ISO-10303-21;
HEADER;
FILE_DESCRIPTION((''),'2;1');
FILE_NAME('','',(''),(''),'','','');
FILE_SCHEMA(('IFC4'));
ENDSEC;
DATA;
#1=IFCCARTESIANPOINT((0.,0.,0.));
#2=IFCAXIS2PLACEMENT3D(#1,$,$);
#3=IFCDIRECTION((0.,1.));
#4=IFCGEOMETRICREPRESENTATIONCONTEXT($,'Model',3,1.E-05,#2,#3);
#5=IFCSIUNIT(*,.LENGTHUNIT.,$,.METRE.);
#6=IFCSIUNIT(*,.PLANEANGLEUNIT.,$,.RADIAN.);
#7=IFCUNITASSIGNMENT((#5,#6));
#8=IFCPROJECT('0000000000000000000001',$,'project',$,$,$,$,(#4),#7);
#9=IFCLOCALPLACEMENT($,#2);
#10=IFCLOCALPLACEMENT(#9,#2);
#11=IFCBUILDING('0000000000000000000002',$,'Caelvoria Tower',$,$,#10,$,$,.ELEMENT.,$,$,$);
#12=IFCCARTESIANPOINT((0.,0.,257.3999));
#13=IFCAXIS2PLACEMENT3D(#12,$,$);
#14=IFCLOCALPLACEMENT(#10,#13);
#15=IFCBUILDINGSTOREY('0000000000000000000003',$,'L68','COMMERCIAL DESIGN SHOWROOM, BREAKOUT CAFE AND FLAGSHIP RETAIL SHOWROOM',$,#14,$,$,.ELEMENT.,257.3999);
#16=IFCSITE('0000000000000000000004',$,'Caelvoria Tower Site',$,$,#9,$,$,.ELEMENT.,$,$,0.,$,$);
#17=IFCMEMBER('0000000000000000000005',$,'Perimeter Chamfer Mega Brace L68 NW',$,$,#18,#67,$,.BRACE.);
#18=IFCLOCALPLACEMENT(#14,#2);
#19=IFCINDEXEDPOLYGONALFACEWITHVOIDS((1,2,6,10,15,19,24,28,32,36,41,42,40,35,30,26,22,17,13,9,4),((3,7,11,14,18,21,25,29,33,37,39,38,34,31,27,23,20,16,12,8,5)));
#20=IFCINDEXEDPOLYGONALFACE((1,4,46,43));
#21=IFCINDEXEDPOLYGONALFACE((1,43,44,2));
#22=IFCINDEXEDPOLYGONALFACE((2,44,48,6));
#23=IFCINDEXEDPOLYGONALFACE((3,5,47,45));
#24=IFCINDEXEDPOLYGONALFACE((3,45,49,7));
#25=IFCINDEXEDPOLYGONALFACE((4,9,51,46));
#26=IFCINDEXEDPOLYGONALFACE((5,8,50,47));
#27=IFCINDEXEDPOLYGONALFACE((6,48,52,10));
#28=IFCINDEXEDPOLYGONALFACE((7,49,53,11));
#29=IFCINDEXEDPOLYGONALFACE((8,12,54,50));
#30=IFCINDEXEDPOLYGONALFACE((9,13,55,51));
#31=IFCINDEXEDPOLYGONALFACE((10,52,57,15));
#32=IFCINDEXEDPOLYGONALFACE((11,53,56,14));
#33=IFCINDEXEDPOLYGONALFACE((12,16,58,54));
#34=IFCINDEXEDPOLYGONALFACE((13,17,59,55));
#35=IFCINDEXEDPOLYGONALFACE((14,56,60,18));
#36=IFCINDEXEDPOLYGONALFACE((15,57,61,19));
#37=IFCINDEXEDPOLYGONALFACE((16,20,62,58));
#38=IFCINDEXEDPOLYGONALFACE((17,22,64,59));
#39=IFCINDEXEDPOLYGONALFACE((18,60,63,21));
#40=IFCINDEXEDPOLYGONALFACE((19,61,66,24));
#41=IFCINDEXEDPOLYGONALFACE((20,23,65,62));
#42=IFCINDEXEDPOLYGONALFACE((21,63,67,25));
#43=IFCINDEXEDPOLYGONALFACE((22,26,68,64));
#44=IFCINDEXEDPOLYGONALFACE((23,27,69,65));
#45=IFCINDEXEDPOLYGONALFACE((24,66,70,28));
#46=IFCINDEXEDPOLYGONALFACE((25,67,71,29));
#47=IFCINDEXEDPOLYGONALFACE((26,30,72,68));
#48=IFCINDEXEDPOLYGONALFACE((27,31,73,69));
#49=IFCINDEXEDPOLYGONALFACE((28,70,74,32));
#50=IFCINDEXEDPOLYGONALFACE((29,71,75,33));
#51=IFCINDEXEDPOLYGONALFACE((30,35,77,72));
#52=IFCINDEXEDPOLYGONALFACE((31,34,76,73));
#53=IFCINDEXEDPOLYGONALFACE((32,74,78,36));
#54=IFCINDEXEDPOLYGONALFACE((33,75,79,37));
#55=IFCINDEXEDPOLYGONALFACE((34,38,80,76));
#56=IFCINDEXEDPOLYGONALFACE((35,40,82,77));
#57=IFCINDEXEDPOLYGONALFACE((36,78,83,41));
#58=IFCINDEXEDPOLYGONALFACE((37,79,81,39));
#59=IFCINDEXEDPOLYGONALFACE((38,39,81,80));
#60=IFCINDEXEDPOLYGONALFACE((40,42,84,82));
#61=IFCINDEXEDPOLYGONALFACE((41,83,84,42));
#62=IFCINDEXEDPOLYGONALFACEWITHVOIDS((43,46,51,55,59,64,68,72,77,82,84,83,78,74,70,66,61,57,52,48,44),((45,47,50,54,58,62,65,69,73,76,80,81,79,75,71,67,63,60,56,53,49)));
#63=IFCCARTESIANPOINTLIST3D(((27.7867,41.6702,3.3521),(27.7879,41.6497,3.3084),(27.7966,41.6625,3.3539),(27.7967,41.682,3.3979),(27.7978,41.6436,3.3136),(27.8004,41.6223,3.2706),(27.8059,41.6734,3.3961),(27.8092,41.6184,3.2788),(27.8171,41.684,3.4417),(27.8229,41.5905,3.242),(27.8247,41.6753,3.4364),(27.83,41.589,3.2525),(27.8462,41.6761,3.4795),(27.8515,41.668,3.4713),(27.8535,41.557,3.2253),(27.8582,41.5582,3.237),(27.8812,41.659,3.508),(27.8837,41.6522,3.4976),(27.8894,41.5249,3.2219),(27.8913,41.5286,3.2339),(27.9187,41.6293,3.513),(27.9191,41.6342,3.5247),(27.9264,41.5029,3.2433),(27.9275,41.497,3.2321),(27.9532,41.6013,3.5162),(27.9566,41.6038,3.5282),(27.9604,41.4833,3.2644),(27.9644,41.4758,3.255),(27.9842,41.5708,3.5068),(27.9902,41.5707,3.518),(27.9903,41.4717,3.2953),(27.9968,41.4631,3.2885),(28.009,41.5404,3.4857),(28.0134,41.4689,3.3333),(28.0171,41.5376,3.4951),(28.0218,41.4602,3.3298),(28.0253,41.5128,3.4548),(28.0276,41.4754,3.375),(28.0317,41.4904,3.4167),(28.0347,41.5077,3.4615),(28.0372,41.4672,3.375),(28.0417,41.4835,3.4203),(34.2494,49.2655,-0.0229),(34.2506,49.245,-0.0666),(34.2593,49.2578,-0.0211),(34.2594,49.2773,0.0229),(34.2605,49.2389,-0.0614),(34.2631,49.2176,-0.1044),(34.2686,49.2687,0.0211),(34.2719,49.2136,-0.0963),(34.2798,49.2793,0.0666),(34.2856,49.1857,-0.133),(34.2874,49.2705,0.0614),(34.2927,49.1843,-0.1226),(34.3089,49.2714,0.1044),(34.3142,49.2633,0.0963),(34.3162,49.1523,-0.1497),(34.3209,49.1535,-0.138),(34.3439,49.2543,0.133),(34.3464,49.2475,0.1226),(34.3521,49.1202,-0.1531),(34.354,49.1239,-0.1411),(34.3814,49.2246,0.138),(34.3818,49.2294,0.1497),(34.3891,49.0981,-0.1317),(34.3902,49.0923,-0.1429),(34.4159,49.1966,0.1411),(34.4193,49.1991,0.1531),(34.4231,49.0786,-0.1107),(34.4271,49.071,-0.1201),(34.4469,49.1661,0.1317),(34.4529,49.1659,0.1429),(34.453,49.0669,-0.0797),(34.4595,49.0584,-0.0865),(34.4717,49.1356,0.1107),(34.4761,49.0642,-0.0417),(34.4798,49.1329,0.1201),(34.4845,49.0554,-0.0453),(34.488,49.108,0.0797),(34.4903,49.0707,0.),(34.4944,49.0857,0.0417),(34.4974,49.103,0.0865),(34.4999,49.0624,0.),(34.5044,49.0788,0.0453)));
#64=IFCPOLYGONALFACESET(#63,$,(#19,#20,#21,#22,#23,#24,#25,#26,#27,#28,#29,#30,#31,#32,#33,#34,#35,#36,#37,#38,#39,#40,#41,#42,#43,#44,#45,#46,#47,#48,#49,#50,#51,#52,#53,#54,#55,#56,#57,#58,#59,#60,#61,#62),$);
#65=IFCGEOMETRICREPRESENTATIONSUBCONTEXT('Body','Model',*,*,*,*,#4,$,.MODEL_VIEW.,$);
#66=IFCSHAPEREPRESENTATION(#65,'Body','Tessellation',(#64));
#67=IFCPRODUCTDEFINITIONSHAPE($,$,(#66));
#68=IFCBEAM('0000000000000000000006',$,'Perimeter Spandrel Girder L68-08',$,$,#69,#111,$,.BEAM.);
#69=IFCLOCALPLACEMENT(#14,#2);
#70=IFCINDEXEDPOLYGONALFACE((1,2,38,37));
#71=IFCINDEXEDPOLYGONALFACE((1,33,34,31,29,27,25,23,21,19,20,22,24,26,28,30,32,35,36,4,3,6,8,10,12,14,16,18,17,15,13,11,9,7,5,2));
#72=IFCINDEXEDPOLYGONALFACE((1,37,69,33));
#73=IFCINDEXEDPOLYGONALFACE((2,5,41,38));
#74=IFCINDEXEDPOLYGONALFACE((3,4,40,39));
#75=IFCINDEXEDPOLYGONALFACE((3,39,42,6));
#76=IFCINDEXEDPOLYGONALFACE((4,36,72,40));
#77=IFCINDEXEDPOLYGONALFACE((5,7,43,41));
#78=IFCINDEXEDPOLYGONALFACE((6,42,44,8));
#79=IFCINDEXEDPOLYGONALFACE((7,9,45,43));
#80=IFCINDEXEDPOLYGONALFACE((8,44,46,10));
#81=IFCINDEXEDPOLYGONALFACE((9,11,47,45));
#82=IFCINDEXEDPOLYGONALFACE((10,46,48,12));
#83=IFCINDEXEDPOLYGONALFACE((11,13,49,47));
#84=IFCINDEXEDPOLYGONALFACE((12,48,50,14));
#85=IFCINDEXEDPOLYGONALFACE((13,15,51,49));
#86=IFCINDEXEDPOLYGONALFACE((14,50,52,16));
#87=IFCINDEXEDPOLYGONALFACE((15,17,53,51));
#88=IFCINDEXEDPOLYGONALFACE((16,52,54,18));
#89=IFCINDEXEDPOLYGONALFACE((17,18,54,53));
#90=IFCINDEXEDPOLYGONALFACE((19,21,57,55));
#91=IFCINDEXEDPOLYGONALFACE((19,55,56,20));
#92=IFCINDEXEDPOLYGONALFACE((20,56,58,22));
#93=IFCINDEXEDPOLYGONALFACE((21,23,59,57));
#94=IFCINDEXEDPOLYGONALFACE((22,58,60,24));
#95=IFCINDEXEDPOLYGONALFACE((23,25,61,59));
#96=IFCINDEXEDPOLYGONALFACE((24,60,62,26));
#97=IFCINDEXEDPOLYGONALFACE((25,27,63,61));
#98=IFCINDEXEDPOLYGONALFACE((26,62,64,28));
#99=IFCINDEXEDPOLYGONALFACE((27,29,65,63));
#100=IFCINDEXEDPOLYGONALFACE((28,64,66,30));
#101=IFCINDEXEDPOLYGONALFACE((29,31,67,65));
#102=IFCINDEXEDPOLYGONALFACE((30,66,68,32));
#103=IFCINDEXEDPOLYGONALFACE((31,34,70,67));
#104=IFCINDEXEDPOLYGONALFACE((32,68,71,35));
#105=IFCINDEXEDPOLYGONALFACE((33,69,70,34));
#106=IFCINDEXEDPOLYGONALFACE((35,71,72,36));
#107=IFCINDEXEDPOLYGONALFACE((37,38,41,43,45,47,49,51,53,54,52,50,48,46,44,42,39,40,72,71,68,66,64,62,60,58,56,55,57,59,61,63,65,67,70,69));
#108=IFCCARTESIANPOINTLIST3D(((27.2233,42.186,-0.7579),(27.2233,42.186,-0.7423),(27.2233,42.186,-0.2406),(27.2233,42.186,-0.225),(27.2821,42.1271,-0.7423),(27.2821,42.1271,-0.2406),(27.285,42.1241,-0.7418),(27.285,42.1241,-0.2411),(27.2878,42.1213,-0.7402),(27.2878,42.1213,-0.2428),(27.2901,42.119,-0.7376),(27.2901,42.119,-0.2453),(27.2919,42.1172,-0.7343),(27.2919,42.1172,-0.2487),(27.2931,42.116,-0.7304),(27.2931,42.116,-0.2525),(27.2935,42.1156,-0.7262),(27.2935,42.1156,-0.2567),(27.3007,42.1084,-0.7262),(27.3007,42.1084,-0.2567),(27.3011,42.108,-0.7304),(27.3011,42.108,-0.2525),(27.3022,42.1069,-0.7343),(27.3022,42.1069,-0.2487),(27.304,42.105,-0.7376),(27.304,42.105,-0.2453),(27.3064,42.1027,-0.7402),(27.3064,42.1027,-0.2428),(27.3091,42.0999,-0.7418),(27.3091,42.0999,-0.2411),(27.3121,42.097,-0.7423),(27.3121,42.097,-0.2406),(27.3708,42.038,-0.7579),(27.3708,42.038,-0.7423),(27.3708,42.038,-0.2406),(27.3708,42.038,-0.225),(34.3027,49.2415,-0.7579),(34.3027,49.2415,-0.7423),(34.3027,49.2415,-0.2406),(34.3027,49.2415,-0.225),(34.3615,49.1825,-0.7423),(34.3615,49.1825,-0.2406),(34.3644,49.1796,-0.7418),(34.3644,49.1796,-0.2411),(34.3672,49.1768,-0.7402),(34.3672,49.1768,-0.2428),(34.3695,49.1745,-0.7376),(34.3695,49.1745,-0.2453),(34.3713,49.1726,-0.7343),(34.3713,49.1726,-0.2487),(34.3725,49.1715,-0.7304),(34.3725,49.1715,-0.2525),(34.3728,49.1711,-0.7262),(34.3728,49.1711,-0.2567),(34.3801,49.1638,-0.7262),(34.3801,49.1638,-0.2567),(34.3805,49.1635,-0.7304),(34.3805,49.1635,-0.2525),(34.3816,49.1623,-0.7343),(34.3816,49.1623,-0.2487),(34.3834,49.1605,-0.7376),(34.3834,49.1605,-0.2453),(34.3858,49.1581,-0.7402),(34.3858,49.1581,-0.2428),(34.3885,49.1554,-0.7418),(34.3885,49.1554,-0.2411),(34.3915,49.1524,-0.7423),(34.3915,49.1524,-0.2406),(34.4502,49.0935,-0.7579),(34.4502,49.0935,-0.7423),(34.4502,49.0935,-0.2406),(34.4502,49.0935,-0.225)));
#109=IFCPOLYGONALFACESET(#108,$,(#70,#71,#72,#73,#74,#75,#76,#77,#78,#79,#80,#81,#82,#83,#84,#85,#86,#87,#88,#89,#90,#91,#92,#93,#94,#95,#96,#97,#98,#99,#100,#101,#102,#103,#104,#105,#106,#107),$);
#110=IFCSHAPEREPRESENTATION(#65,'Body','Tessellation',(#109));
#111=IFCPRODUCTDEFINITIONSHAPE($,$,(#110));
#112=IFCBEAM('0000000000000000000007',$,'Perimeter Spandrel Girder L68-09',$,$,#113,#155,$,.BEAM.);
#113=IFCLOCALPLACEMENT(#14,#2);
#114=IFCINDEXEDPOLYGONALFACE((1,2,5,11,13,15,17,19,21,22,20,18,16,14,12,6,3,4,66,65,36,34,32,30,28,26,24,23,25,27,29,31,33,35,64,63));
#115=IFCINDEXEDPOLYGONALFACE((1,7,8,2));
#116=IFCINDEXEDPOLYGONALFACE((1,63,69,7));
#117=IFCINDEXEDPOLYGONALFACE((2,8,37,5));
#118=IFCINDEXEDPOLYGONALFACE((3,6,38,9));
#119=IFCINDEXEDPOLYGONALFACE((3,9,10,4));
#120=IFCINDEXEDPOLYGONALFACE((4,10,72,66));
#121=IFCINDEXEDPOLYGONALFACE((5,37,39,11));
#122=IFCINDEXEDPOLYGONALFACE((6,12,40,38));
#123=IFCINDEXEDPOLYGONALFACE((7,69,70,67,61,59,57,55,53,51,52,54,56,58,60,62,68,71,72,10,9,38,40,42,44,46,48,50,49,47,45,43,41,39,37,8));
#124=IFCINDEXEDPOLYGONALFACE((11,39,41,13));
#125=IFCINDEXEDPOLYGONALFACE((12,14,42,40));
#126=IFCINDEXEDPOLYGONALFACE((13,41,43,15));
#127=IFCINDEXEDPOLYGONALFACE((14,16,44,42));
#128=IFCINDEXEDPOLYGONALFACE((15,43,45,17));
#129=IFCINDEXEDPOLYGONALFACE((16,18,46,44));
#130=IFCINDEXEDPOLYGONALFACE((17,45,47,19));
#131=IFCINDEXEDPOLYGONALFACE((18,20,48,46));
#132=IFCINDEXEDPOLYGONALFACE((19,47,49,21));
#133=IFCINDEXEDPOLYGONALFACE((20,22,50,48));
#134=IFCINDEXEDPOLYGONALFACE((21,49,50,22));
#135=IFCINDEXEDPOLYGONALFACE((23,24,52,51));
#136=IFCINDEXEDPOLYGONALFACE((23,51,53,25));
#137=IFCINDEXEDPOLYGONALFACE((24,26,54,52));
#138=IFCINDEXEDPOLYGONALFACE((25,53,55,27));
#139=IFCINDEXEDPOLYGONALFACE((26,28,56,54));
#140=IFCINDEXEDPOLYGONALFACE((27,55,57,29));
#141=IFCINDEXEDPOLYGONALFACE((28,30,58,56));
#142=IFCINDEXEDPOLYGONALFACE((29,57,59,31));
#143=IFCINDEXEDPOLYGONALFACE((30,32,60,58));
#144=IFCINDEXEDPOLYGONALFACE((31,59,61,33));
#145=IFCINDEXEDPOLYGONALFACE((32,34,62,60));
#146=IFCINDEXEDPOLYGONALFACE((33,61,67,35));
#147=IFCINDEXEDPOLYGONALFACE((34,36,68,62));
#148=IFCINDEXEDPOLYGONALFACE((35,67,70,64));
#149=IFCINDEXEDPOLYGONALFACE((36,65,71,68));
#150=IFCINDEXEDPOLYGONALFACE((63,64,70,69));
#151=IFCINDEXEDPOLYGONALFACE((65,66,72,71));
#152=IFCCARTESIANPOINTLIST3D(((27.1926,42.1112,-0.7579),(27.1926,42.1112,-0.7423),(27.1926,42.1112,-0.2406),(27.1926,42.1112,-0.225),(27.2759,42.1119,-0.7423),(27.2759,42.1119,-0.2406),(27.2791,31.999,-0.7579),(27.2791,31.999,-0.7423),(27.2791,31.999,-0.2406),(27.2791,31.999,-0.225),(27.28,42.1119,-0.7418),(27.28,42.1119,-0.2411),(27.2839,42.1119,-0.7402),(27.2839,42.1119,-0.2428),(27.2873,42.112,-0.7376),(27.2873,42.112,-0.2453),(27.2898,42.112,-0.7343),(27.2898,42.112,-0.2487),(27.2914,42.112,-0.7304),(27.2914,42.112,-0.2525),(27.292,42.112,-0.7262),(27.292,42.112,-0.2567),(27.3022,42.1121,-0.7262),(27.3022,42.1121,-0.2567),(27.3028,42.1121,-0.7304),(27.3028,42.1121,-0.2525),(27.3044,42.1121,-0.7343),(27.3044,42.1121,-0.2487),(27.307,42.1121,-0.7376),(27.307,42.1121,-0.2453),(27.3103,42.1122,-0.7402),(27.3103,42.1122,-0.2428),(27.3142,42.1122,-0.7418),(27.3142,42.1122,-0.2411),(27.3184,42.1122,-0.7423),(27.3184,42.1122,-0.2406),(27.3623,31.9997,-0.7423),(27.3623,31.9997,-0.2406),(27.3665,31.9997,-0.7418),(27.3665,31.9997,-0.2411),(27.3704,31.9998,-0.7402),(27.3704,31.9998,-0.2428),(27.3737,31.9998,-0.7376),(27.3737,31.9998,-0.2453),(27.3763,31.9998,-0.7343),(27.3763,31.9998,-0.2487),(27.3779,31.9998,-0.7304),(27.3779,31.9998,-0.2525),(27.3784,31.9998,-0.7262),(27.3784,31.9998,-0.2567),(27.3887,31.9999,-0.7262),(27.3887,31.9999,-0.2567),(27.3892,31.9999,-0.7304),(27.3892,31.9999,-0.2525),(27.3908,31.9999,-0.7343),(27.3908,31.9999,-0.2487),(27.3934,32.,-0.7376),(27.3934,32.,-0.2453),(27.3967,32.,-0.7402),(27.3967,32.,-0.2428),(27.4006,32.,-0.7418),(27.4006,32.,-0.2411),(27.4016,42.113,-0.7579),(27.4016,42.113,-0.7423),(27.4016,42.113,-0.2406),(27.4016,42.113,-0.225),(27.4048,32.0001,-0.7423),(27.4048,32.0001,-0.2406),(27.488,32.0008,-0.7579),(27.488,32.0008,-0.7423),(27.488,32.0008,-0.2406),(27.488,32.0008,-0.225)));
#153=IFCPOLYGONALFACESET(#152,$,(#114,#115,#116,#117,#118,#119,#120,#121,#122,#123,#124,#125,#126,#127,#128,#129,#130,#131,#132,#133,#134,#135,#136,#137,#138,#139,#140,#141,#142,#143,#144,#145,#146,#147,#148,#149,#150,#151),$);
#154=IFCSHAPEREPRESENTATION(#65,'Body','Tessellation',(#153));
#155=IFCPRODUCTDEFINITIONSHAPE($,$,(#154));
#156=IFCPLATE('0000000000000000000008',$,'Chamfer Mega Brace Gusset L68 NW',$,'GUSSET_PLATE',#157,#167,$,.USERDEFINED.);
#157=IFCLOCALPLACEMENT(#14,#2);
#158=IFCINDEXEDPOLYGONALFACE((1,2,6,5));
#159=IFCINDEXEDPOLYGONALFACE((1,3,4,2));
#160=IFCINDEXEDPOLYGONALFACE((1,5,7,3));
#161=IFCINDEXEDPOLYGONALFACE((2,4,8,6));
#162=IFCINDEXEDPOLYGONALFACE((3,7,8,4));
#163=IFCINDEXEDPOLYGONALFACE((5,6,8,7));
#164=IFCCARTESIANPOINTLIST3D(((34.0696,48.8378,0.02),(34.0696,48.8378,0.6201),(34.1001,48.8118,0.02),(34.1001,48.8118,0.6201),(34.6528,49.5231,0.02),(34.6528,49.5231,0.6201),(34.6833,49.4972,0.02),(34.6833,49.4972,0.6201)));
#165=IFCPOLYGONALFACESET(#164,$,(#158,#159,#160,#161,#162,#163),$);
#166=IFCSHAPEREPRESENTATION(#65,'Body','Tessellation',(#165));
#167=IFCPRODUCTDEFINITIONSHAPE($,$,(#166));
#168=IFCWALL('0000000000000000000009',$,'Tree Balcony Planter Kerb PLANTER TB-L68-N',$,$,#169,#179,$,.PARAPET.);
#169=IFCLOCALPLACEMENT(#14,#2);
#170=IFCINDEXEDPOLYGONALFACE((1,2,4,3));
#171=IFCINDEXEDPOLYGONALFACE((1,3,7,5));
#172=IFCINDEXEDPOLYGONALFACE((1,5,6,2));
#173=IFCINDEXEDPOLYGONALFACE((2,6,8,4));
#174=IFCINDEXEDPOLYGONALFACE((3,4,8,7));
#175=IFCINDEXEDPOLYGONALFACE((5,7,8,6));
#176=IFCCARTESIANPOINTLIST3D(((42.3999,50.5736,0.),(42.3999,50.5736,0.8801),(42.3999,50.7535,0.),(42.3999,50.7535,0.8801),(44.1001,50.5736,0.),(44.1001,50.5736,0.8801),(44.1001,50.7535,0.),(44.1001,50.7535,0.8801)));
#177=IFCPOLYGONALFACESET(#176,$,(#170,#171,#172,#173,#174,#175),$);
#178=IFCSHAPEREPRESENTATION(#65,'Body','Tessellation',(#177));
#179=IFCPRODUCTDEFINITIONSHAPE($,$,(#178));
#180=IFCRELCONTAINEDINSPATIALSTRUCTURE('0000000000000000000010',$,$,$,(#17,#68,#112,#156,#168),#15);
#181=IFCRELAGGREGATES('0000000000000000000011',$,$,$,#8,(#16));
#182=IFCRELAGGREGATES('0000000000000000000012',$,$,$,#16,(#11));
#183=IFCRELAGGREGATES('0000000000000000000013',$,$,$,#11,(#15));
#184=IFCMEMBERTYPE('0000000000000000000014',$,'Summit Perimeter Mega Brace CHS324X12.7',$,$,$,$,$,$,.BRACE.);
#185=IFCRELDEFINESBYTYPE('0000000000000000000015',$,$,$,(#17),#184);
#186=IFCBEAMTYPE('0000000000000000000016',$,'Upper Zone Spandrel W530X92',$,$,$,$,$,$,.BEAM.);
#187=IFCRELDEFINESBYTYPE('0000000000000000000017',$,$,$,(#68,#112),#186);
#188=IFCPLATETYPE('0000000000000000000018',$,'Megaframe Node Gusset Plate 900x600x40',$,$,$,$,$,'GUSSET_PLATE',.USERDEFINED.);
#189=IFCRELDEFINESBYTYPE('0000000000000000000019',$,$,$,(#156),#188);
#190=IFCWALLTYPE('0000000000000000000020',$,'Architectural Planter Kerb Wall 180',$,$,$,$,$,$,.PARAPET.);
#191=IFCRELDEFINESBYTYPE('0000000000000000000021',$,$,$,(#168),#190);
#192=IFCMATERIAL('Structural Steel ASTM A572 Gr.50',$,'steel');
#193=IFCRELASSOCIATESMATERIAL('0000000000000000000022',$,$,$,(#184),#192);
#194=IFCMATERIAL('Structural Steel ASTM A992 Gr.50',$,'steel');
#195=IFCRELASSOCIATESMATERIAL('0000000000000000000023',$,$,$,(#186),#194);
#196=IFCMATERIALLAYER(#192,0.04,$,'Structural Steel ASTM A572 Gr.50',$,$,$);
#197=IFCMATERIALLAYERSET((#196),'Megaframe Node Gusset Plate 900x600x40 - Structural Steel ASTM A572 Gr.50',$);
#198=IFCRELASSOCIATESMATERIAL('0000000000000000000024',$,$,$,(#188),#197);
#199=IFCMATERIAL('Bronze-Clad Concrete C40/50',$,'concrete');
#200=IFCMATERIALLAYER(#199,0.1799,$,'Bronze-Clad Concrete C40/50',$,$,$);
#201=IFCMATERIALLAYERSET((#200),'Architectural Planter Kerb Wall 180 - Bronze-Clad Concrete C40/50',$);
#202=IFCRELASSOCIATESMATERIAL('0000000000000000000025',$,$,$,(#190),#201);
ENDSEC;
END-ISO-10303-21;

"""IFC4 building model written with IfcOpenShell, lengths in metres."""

from ifc_helpers import new_model, si_unit, direction, frame, frame_2d, origin, origin_2d, place, context, subcontext, project, spatial, rectangle, hollow_circle, i_section, extrude, material, layer, layer_set, material_profile, profile_set, type_object, element, save


model = new_model("IFC4")

# Units and contexts
model_context = context("Model", 3, precision=1e-05, world=origin(), true_north=direction((0.0, 1.0)))
body_context = subcontext(model_context, "Body", "Model", "MODEL_VIEW")
ifc_project = project(units=[si_unit("LENGTHUNIT", "METRE"), si_unit("PLANEANGLEUNIT", "RADIAN")], contexts=[model_context])

# Site, building, storey
site_placement = place(None, origin())
site = spatial("IfcSite", under=ifc_project, at=site_placement, Name="Caelvoria Tower Site", CompositionType="ELEMENT", RefElevation=0.0)
building_placement = place(site_placement, origin())
building = spatial("IfcBuilding", under=site, at=building_placement, Name="Caelvoria Tower", CompositionType="ELEMENT")
storey_placement = place(building_placement, frame((0.0, 0.0, 257.3999)))
storey = spatial("IfcBuildingStorey", under=building, at=storey_placement, Name="L68", Description="COMMERCIAL DESIGN SHOWROOM, BREAKOUT CAFE AND FLAGSHIP RETAIL SHOWROOM", CompositionType="ELEMENT", Elevation=257.3999)

# Shared definitions
ifc_material_1 = material(Name="Structural Steel ASTM A572 Gr.50", Category="steel")

# Shared definitions
ifc_material_2 = material(Name="Structural Steel ASTM A992 Gr.50", Category="steel")

# Member
ifc_material_profile_1 = material_profile(ifc_material_1, hollow_circle(Radius=0.1621, WallThickness=0.0127, at=origin_2d()), Name="Structural Steel ASTM A572 Gr.50")
ifc_profile_set_1 = profile_set([ifc_material_profile_1], Name="CHS324X12.7 - Structural Steel ASTM A572 Gr.50")
member_type = type_object("IfcMemberType", Name="Summit Perimeter Mega Brace CHS324X12.7", PredefinedType="BRACE", material=ifc_profile_set_1)
member_placement = place(storey_placement, frame((34.3765, 49.1675, 0.0), z_axis=(-0.61384, -0.721414, 0.320567), x_axis=(0.761607, -0.648039, 0.0)))
element("IfcMember", 1, at=member_placement, inside=storey, type_object=member_type, Name="Perimeter Chamfer Mega Brace L68 NW", PredefinedType="BRACE", context=body_context, shape_type="SweptSolid", body=[
    extrude(hollow_circle(Radius=0.1621, WallThickness=0.0127, at=origin_2d()), origin(), (0.0, 0.0, 1.0), 10.5283),
])

# Beams
ifc_material_profile_2 = material_profile(ifc_material_2, i_section(OverallWidth=0.209, OverallDepth=0.533, WebThickness=0.0103, FlangeThickness=0.0156, FilletRadius=0.0161, at=origin_2d()), Name="Structural Steel ASTM A992 Gr.50")
ifc_profile_set_2 = profile_set([ifc_material_profile_2], Name="W530X92 - Structural Steel ASTM A992 Gr.50")
beam_type_1 = type_object("IfcBeamType", Name="Upper Zone Spandrel W530X92", PredefinedType="BEAM", material=ifc_profile_set_2)
beam_1_placement = place(storey_placement, frame((34.3765, 49.1675, -0.4915), z_axis=(-0.708303, -0.705909, 0.0), x_axis=(0.705909, -0.708303, 0.0)))
element("IfcBeam", 2, at=beam_1_placement, inside=storey, type_object=beam_type_1, Name="Perimeter Spandrel Girder L68-08", PredefinedType="BEAM", context=body_context, shape_type="SweptSolid", body=[
    extrude(i_section(OverallWidth=0.209, OverallDepth=0.533, WebThickness=0.0103, FlangeThickness=0.0156, FilletRadius=0.0161, at=origin_2d()), origin(), (0.0, 0.0, 1.0), 9.9949),
])
beam_2_placement = place(storey_placement, frame((27.2971, 42.1121, -0.4915), z_axis=(0.008546, -0.999963, 0.0), x_axis=(0.999963, 0.008546, 0.0)))
element("IfcBeam", 3, at=beam_2_placement, inside=storey, type_object=beam_type_1, Name="Perimeter Spandrel Girder L68-09", PredefinedType="BEAM", context=body_context, shape_type="SweptSolid", body=[
    extrude(i_section(OverallWidth=0.209, OverallDepth=0.533, WebThickness=0.0103, FlangeThickness=0.0156, FilletRadius=0.0161, at=origin_2d()), origin(), (0.0, 0.0, 1.0), 10.1125),
])

# Plate
ifc_layer_1 = layer(ifc_material_1, 0.04, Name="Structural Steel ASTM A572 Gr.50")
ifc_layer_set_1 = layer_set([ifc_layer_1], Name="Megaframe Node Gusset Plate 900x600x40 - Structural Steel ASTM A572 Gr.50")
plate_type = type_object("IfcPlateType", Name="Megaframe Node Gusset Plate 900x600x40", ElementType="GUSSET_PLATE", PredefinedType="USERDEFINED", material=ifc_layer_set_1)
plate_placement = place(storey_placement, frame((34.3765, 49.1675, 0.02), z_axis=(0.0, 0.0, 1.0), x_axis=(-0.648048, -0.761599, 0.0)))
element("IfcPlate", 4, at=plate_placement, inside=storey, type_object=plate_type, Name="Chamfer Mega Brace Gusset L68 NW", ObjectType="GUSSET_PLATE", PredefinedType="USERDEFINED", context=body_context, shape_type="SweptSolid", body=[
    extrude(rectangle(XDim=0.8999, YDim=0.04, at=origin_2d()), origin(), (0.0, 0.0, 1.0), 0.6001),
])

# Wall
ifc_material_3 = material(Name="Bronze-Clad Concrete C40/50", Category="concrete")
ifc_layer_2 = layer(ifc_material_3, 0.1799, Name="Bronze-Clad Concrete C40/50")
ifc_layer_set_2 = layer_set([ifc_layer_2], Name="Architectural Planter Kerb Wall 180 - Bronze-Clad Concrete C40/50")
wall_type_1 = type_object("IfcWallType", Name="Architectural Planter Kerb Wall 180", PredefinedType="PARAPET", material=ifc_layer_set_2)
wall_1_placement = place(storey_placement, frame((42.3999, 50.6636, 0.0), z_axis=(0.0, 0.0, 1.0), x_axis=(1.0, 0.0, 0.0)))
element("IfcWall", 5, at=wall_1_placement, inside=storey, type_object=wall_type_1, Name="Tree Balcony Planter Kerb PLANTER TB-L68-N", PredefinedType="PARAPET", context=body_context, shape_type="SweptSolid", body=[
    extrude(rectangle(XDim=1.7002, YDim=0.1799, at=frame_2d((0.8501, 0.0))), origin(), (0.0, 0.0, 1.0), 0.8801),
])

save(model, "model.ifc")
